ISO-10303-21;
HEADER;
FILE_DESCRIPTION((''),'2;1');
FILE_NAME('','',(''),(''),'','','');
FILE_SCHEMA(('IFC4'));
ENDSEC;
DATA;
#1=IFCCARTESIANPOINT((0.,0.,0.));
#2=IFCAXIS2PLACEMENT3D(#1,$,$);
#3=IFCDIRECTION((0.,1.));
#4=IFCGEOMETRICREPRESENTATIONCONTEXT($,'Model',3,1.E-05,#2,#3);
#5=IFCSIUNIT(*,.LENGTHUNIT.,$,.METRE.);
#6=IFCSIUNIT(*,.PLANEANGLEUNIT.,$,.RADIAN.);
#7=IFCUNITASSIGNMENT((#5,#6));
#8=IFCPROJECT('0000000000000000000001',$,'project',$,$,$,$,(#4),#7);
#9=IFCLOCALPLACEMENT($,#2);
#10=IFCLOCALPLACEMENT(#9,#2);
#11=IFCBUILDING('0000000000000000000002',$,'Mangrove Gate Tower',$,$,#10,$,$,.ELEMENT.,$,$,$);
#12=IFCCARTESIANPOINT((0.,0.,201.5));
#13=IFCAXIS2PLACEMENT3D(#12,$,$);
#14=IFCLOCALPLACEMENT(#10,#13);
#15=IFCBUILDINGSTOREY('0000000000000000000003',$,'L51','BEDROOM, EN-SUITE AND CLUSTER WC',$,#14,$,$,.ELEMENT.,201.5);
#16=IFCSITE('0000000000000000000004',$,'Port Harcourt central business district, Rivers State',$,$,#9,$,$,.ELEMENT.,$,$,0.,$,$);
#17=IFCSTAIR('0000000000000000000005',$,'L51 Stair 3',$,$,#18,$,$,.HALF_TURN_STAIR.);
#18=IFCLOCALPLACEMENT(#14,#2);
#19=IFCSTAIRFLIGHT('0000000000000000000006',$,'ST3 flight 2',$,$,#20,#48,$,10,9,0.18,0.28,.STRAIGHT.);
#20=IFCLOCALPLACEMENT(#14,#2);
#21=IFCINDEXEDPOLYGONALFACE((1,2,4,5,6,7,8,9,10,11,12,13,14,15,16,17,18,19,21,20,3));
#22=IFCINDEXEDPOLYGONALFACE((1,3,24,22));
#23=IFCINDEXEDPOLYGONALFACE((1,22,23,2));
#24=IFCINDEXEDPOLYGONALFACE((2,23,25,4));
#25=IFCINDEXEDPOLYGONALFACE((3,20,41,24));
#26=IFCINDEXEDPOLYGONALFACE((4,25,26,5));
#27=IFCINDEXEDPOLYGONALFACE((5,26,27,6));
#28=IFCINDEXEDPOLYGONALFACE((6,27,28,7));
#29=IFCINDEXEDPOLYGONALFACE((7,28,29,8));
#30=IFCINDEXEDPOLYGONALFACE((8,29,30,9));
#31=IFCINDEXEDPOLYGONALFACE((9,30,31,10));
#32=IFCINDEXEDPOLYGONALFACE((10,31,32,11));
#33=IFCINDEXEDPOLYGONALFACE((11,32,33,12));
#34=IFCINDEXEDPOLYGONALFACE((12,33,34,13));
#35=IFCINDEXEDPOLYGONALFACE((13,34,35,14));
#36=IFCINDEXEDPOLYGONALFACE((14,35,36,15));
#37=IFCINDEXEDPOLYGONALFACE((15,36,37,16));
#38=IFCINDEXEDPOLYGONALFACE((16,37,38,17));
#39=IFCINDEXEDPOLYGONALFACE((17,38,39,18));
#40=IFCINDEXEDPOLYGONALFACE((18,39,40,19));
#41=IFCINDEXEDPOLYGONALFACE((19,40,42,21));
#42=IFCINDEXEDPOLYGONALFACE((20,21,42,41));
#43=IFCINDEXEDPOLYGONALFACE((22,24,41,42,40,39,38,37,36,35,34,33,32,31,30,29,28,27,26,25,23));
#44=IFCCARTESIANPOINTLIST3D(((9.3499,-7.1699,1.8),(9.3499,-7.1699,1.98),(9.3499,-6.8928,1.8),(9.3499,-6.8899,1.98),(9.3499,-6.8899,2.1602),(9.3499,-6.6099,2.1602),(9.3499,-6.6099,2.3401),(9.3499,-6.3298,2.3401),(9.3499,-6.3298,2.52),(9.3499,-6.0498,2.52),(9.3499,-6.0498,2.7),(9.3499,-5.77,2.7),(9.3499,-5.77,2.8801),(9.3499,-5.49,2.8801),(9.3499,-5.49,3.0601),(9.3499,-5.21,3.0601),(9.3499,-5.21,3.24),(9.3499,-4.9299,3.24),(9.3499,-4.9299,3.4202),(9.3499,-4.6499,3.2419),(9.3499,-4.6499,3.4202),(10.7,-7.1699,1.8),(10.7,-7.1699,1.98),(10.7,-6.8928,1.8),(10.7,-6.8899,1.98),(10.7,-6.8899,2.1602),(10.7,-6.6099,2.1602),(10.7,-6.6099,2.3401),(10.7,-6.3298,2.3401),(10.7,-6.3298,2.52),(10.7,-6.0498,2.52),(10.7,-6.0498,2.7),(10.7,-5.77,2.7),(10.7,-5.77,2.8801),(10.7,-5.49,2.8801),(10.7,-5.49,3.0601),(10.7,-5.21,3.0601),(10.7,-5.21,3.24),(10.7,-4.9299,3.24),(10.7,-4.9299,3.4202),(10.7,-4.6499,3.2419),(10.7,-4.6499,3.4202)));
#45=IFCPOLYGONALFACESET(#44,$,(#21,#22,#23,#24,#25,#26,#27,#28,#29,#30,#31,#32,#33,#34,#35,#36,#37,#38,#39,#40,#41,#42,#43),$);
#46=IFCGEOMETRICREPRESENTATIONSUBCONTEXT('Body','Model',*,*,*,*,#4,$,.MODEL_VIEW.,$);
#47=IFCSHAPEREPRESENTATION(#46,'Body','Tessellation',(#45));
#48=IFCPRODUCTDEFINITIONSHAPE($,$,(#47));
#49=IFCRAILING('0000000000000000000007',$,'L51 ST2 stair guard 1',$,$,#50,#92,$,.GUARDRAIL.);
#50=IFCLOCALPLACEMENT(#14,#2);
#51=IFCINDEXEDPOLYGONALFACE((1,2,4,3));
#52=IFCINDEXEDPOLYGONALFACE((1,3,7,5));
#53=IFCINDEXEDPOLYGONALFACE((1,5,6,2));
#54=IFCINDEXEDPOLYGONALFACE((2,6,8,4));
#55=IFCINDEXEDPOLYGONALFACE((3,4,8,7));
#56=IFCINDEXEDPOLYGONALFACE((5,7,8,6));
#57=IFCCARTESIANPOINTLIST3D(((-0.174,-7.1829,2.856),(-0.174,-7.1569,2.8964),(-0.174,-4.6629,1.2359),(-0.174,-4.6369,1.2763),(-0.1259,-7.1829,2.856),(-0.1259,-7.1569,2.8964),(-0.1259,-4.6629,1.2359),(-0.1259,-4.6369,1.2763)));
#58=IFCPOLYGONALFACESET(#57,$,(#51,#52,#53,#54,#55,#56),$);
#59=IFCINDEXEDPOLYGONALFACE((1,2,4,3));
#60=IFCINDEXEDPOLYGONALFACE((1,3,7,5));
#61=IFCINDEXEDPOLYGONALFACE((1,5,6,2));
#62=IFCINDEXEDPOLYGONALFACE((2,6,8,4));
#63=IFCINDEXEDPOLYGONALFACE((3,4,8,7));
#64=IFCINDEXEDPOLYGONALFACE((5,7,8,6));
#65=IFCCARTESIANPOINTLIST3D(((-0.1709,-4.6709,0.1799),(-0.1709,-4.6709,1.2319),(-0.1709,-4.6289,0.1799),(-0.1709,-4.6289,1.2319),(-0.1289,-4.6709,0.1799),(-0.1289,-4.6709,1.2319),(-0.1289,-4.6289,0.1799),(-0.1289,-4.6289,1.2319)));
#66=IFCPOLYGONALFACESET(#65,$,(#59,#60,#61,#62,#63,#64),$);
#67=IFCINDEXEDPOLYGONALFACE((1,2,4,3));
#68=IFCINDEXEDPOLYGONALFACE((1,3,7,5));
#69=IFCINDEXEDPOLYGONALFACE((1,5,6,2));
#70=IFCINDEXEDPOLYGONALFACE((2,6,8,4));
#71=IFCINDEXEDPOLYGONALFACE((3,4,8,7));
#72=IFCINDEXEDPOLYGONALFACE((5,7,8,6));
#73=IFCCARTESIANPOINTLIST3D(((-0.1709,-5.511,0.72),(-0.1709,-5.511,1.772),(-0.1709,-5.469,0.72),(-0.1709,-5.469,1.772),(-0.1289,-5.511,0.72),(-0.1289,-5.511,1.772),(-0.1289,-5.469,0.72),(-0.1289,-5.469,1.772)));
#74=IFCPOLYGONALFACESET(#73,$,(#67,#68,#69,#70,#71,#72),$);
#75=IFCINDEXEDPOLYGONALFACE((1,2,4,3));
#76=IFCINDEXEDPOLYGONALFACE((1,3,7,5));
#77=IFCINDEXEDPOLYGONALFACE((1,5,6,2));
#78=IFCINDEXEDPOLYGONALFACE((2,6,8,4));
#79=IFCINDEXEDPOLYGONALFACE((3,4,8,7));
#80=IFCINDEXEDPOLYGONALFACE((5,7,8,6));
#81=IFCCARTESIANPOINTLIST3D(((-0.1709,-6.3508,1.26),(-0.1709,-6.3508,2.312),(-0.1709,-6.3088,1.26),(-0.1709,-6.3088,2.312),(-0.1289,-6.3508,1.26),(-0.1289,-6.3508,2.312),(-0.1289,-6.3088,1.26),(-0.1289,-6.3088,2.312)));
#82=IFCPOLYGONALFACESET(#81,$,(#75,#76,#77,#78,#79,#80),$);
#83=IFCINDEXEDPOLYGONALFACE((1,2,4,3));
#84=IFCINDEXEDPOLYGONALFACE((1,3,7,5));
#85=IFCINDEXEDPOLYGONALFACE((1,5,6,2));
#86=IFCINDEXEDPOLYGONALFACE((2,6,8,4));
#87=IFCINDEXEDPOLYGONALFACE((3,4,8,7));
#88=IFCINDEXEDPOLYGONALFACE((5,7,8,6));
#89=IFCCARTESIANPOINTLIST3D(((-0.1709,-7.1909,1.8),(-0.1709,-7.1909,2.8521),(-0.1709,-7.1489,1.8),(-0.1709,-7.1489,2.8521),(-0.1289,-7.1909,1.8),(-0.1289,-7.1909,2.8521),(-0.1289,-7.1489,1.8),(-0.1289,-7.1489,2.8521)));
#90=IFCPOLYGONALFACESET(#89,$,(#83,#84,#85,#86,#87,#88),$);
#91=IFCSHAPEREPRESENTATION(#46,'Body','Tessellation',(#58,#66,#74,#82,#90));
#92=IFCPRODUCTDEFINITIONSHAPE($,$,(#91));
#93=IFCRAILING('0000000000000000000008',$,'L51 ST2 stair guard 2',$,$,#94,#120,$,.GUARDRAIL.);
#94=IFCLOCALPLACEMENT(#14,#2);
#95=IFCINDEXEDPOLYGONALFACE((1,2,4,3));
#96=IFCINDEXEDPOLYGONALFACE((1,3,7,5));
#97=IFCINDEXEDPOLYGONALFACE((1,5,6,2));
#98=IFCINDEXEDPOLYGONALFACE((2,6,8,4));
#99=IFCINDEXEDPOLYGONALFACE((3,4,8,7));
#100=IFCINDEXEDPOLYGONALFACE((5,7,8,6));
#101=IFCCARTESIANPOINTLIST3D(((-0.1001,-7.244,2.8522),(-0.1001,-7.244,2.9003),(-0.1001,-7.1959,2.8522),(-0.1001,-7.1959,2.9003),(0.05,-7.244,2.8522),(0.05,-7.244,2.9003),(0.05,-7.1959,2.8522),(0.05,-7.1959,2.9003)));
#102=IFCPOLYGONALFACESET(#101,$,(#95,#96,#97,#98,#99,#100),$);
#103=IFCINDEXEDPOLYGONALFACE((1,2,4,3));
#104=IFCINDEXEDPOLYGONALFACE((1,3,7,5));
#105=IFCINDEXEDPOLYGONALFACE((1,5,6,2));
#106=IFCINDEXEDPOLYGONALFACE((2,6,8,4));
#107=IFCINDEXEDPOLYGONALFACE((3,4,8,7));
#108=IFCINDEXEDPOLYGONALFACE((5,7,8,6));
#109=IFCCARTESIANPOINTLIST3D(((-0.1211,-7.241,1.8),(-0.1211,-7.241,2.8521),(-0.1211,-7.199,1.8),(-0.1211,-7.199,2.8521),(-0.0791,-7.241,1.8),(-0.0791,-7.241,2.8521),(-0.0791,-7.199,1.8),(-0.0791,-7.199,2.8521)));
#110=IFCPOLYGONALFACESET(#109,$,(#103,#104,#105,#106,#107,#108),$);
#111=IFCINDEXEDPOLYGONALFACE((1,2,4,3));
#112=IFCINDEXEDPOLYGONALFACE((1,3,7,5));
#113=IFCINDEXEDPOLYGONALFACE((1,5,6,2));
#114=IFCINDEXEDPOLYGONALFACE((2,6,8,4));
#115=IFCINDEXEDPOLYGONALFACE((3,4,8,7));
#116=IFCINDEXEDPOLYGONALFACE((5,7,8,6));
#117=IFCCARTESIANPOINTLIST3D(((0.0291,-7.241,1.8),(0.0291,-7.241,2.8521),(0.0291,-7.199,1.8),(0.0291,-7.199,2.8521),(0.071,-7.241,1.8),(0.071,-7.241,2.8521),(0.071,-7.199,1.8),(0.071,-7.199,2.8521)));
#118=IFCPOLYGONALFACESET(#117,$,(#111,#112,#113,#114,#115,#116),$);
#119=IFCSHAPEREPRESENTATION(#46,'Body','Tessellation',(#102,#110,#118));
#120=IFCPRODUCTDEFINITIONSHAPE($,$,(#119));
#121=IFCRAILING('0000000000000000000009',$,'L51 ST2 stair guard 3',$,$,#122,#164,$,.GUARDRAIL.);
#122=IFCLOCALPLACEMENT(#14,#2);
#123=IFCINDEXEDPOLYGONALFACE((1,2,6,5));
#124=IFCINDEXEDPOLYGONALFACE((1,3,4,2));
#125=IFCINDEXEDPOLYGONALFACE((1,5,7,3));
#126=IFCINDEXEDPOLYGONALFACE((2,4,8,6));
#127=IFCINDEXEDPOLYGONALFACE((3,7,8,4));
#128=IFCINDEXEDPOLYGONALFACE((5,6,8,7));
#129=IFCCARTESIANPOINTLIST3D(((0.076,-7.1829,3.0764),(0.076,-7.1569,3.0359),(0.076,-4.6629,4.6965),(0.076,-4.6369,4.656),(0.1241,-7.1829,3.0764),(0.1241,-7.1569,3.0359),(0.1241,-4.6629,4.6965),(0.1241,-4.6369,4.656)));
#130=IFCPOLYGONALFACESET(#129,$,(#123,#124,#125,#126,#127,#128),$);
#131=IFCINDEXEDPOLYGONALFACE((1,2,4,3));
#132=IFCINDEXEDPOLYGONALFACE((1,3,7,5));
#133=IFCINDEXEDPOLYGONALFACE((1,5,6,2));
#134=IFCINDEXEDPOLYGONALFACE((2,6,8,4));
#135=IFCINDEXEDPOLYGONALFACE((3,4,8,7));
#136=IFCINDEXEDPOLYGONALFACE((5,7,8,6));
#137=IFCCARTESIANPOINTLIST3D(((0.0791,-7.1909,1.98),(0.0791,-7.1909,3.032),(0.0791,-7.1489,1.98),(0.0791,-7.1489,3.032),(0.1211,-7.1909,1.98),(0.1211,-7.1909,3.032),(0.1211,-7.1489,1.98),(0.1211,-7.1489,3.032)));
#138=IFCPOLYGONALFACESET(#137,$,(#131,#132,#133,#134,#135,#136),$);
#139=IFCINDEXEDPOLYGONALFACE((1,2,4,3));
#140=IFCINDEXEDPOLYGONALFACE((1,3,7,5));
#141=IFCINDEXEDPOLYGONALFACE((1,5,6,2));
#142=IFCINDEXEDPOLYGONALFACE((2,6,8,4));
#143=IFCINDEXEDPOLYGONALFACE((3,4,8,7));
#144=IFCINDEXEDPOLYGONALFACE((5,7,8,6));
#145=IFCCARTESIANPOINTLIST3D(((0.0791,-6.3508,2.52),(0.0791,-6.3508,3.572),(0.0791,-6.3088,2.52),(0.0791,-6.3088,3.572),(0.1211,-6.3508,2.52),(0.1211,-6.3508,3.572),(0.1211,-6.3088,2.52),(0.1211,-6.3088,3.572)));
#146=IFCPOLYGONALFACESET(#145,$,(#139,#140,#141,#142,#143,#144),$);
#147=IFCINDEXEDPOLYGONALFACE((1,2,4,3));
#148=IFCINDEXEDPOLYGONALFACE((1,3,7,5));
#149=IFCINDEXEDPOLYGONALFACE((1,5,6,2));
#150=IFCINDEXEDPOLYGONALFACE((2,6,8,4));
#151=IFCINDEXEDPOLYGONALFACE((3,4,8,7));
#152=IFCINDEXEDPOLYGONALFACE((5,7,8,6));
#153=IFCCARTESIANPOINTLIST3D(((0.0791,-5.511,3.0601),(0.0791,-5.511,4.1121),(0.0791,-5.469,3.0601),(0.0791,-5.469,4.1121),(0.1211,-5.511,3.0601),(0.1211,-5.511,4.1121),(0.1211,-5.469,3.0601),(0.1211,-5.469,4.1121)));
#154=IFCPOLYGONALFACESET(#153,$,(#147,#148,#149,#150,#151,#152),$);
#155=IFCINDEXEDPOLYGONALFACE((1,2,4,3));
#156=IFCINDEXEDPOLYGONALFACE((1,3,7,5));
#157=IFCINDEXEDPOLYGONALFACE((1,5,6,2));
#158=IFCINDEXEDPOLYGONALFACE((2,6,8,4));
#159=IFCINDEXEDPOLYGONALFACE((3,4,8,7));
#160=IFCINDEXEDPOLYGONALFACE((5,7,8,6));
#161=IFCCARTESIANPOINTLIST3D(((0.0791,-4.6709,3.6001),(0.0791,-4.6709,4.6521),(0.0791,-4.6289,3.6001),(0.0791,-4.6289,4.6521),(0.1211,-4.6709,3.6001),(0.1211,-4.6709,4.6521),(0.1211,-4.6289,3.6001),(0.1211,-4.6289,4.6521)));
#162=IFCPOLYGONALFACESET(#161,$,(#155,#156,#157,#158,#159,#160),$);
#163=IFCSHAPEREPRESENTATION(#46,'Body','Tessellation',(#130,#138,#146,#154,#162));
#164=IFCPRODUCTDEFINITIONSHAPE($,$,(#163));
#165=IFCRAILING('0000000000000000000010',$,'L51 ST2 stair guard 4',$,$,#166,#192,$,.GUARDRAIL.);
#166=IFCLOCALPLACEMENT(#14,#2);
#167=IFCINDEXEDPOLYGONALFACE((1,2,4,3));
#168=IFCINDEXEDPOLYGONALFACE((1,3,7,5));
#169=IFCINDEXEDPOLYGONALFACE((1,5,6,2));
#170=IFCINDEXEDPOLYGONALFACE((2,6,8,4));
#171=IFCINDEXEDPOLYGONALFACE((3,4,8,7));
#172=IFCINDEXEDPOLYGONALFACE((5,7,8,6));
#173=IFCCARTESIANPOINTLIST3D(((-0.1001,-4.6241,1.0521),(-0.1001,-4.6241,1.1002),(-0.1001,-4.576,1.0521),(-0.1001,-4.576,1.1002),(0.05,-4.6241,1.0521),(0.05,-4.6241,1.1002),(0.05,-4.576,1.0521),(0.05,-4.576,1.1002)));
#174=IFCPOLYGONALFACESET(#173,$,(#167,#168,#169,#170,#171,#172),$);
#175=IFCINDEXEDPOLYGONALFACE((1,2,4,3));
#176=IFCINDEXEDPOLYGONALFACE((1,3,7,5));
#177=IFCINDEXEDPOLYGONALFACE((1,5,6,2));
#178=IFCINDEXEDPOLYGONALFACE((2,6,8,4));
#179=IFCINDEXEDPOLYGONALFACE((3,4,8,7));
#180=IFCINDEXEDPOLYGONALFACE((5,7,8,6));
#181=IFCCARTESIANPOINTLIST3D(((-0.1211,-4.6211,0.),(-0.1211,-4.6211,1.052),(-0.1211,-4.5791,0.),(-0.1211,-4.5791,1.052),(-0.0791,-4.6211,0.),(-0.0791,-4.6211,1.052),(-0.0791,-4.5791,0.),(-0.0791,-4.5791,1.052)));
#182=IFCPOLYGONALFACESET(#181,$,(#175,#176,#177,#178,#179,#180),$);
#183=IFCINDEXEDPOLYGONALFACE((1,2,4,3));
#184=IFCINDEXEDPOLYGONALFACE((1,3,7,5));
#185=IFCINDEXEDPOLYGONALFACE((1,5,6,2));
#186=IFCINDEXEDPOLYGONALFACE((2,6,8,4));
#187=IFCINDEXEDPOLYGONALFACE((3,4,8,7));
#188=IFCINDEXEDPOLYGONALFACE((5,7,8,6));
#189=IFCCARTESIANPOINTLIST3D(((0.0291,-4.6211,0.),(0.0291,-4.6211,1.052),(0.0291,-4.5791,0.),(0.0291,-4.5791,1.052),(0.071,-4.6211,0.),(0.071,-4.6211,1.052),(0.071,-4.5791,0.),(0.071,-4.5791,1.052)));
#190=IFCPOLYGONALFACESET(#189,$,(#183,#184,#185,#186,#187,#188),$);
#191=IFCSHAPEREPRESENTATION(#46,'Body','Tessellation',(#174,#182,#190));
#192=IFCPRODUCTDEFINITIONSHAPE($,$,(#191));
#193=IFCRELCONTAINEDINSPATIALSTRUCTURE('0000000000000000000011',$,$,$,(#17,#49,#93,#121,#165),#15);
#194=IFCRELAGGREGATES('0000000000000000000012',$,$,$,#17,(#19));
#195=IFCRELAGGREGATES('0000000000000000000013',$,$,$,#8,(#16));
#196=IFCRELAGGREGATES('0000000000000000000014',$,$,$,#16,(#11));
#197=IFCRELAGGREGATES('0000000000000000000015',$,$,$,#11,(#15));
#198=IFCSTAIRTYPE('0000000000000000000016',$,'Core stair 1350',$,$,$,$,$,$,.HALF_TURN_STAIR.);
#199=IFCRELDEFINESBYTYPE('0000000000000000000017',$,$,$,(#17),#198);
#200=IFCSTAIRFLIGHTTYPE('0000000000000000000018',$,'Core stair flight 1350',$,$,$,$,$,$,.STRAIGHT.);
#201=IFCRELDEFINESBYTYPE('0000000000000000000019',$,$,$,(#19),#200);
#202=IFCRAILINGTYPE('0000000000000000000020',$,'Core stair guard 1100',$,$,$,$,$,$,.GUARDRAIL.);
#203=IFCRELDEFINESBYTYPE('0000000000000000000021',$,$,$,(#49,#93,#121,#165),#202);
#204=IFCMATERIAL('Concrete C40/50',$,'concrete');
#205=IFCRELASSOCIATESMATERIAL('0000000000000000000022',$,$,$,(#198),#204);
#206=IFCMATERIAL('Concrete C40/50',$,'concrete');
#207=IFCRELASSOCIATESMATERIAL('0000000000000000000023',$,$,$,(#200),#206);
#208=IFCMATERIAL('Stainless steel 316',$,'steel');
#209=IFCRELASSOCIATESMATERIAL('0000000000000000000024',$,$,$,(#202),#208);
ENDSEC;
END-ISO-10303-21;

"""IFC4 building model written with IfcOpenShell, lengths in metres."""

from ifc_helpers import new_model, si_unit, direction, frame, origin, origin_2d, place, context, subcontext, project, spatial, polyline, rectangle, outline, extrude, material, type_object, element, aggregate, save


model = new_model("IFC4")

# Units and contexts
model_context = context("Model", 3, precision=1e-05, world=origin(), true_north=direction((0.0, 1.0)))
body_context = subcontext(model_context, "Body", "Model", "MODEL_VIEW")
ifc_project = project(units=[si_unit("LENGTHUNIT", "METRE"), si_unit("PLANEANGLEUNIT", "RADIAN")], contexts=[model_context])

# Site, building, storey
site_placement = place(None, origin())
site = spatial("IfcSite", under=ifc_project, at=site_placement, Name="Port Harcourt central business district, Rivers State", CompositionType="ELEMENT", RefElevation=0.0)
building_placement = place(site_placement, origin())
building = spatial("IfcBuilding", under=site, at=building_placement, Name="Mangrove Gate Tower", CompositionType="ELEMENT")
storey_placement = place(building_placement, frame((0.0, 0.0, 201.5)))
storey = spatial("IfcBuildingStorey", under=building, at=storey_placement, Name="L51", Description="BEDROOM, EN-SUITE AND CLUSTER WC", CompositionType="ELEMENT", Elevation=201.5)

# Stair, stair flight
ifc_material_1 = material(Name="Concrete C40/50", Category="concrete")
stair_type = type_object("IfcStairType", Name="Core stair 1350", PredefinedType="HALF_TURN_STAIR", material=ifc_material_1)
ifc_material_2 = material(Name="Concrete C40/50", Category="concrete")
stair_flight_type = type_object("IfcStairFlightType", Name="Core stair flight 1350", PredefinedType="STRAIGHT", material=ifc_material_2)
stair_1_placement = place(storey_placement, origin())
stair_1 = element("IfcStair", 1, at=stair_1_placement, inside=storey, type_object=stair_type, Name="L51 Stair 3", PredefinedType="HALF_TURN_STAIR")
stair_flight_1_placement = place(storey_placement, frame((10.0249, -7.1699, 1.8), z_axis=(0.0, 0.0, 1.0), x_axis=(0.0, 1.0, 0.0)))
stair_flight_1 = element("IfcStairFlight", 2, at=stair_flight_1_placement, type_object=stair_flight_type, Name="ST3 flight 2", NumberOfRisers=10, NumberOfTreads=9, PredefinedType="STRAIGHT", RiserHeight=0.18, TreadLength=0.28, context=body_context, shape_type="SweptSolid", body=[
    extrude(outline(polyline([(0.0, 0.0), (0.0, 0.1799), (0.28, 0.1799), (0.28, 0.3601), (0.5601, 0.3601), (0.5601, 0.54), (0.8401, 0.54), (0.8401, 0.72), (1.1201, 0.72), (1.1201, 0.8999), (1.3999, 0.8999), (1.3999, 1.0801), (1.6799, 1.0801), (1.6799, 1.26), (1.96, 1.26), (1.96, 1.4399), (2.24, 1.4399), (2.24, 1.6201), (2.52, 1.6201), (2.52, 1.8), (2.52, 1.4419), (0.2771, 0.0), (0.0, 0.0)])), frame((0.0, 0.675, 0.0), z_axis=(0.0, -1.0, 0.0), x_axis=(1.0, 0.0, 0.0)), (0.0, 0.0, 1.0), 1.3501),
])
aggregate(stair_1, [stair_flight_1])

# Railings
ifc_material_3 = material(Name="Stainless steel 316", Category="steel")
railing_type_1 = type_object("IfcRailingType", Name="Core stair guard 1100", PredefinedType="GUARDRAIL", material=ifc_material_3)
railing_1_placement = place(storey_placement, frame((-0.1499, -4.6499, 0.1799)))
element("IfcRailing", 3, at=railing_1_placement, inside=storey, type_object=railing_type_1, Name="L51 ST2 stair guard 1", PredefinedType="GUARDRAIL", context=body_context, shape_type="SweptSolid", body=[
    extrude(rectangle(XDim=0.0481, YDim=0.0481, at=origin_2d()), frame((0.0, 0.0, 1.0762), z_axis=(0.0, -0.841163, 0.540782), x_axis=(1.0, 0.0, 0.0)), (0.0, 0.0, 1.0), 2.9958),
    extrude(rectangle(XDim=0.042, YDim=0.042, at=origin_2d()), origin(), (0.0, 0.0, 1.0), 1.052),
    extrude(rectangle(XDim=0.042, YDim=0.042, at=origin_2d()), frame((0.0, -0.8401, 0.54)), (0.0, 0.0, 1.0), 1.052),
    extrude(rectangle(XDim=0.042, YDim=0.042, at=origin_2d()), frame((0.0, -1.6799, 1.0801)), (0.0, 0.0, 1.0), 1.052),
    extrude(rectangle(XDim=0.042, YDim=0.042, at=origin_2d()), frame((0.0, -2.52, 1.6201)), (0.0, 0.0, 1.0), 1.052),
])
railing_2_placement = place(storey_placement, frame((-0.1001, -7.22, 1.8)))
element("IfcRailing", 4, at=railing_2_placement, inside=storey, type_object=railing_type_1, Name="L51 ST2 stair guard 2", PredefinedType="GUARDRAIL", context=body_context, shape_type="SweptSolid", body=[
    extrude(rectangle(XDim=0.0481, YDim=0.0481, at=origin_2d()), frame((0.0, 0.0, 1.0762), z_axis=(1.0, 0.0, 0.0), x_axis=(0.0, 1.0, 0.0)), (0.0, 0.0, 1.0), 0.1501),
    extrude(rectangle(XDim=0.042, YDim=0.042, at=origin_2d()), origin(), (0.0, 0.0, 1.0), 1.052),
    extrude(rectangle(XDim=0.042, YDim=0.042, at=origin_2d()), frame((0.1501, 0.0, 0.0)), (0.0, 0.0, 1.0), 1.052),
])
railing_3_placement = place(storey_placement, frame((0.1001, -7.1699, 1.98)))
element("IfcRailing", 5, at=railing_3_placement, inside=storey, type_object=railing_type_1, Name="L51 ST2 stair guard 3", PredefinedType="GUARDRAIL", context=body_context, shape_type="SweptSolid", body=[
    extrude(rectangle(XDim=0.0481, YDim=0.0481, at=origin_2d()), frame((0.0, 0.0, 1.0762), z_axis=(0.0, 0.841163, 0.540782), x_axis=(-1.0, 0.0, 0.0)), (0.0, 0.0, 1.0), 2.9958),
    extrude(rectangle(XDim=0.042, YDim=0.042, at=origin_2d()), origin(), (0.0, 0.0, 1.0), 1.052),
    extrude(rectangle(XDim=0.042, YDim=0.042, at=origin_2d()), frame((0.0, 0.8401, 0.54)), (0.0, 0.0, 1.0), 1.052),
    extrude(rectangle(XDim=0.042, YDim=0.042, at=origin_2d()), frame((0.0, 1.6799, 1.0801)), (0.0, 0.0, 1.0), 1.052),
    extrude(rectangle(XDim=0.042, YDim=0.042, at=origin_2d()), frame((0.0, 2.52, 1.6201)), (0.0, 0.0, 1.0), 1.052),
])
railing_4_placement = place(storey_placement, frame((-0.1001, -4.6001, 0.0)))
element("IfcRailing", 6, at=railing_4_placement, inside=storey, type_object=railing_type_1, Name="L51 ST2 stair guard 4", PredefinedType="GUARDRAIL", context=body_context, shape_type="SweptSolid", body=[
    extrude(rectangle(XDim=0.0481, YDim=0.0481, at=origin_2d()), frame((0.0, 0.0, 1.0762), z_axis=(1.0, 0.0, 0.0), x_axis=(0.0, 1.0, 0.0)), (0.0, 0.0, 1.0), 0.1501),
    extrude(rectangle(XDim=0.042, YDim=0.042, at=origin_2d()), origin(), (0.0, 0.0, 1.0), 1.052),
    extrude(rectangle(XDim=0.042, YDim=0.042, at=origin_2d()), frame((0.1501, 0.0, 0.0)), (0.0, 0.0, 1.0), 1.052),
])

save(model, "model.ifc")
